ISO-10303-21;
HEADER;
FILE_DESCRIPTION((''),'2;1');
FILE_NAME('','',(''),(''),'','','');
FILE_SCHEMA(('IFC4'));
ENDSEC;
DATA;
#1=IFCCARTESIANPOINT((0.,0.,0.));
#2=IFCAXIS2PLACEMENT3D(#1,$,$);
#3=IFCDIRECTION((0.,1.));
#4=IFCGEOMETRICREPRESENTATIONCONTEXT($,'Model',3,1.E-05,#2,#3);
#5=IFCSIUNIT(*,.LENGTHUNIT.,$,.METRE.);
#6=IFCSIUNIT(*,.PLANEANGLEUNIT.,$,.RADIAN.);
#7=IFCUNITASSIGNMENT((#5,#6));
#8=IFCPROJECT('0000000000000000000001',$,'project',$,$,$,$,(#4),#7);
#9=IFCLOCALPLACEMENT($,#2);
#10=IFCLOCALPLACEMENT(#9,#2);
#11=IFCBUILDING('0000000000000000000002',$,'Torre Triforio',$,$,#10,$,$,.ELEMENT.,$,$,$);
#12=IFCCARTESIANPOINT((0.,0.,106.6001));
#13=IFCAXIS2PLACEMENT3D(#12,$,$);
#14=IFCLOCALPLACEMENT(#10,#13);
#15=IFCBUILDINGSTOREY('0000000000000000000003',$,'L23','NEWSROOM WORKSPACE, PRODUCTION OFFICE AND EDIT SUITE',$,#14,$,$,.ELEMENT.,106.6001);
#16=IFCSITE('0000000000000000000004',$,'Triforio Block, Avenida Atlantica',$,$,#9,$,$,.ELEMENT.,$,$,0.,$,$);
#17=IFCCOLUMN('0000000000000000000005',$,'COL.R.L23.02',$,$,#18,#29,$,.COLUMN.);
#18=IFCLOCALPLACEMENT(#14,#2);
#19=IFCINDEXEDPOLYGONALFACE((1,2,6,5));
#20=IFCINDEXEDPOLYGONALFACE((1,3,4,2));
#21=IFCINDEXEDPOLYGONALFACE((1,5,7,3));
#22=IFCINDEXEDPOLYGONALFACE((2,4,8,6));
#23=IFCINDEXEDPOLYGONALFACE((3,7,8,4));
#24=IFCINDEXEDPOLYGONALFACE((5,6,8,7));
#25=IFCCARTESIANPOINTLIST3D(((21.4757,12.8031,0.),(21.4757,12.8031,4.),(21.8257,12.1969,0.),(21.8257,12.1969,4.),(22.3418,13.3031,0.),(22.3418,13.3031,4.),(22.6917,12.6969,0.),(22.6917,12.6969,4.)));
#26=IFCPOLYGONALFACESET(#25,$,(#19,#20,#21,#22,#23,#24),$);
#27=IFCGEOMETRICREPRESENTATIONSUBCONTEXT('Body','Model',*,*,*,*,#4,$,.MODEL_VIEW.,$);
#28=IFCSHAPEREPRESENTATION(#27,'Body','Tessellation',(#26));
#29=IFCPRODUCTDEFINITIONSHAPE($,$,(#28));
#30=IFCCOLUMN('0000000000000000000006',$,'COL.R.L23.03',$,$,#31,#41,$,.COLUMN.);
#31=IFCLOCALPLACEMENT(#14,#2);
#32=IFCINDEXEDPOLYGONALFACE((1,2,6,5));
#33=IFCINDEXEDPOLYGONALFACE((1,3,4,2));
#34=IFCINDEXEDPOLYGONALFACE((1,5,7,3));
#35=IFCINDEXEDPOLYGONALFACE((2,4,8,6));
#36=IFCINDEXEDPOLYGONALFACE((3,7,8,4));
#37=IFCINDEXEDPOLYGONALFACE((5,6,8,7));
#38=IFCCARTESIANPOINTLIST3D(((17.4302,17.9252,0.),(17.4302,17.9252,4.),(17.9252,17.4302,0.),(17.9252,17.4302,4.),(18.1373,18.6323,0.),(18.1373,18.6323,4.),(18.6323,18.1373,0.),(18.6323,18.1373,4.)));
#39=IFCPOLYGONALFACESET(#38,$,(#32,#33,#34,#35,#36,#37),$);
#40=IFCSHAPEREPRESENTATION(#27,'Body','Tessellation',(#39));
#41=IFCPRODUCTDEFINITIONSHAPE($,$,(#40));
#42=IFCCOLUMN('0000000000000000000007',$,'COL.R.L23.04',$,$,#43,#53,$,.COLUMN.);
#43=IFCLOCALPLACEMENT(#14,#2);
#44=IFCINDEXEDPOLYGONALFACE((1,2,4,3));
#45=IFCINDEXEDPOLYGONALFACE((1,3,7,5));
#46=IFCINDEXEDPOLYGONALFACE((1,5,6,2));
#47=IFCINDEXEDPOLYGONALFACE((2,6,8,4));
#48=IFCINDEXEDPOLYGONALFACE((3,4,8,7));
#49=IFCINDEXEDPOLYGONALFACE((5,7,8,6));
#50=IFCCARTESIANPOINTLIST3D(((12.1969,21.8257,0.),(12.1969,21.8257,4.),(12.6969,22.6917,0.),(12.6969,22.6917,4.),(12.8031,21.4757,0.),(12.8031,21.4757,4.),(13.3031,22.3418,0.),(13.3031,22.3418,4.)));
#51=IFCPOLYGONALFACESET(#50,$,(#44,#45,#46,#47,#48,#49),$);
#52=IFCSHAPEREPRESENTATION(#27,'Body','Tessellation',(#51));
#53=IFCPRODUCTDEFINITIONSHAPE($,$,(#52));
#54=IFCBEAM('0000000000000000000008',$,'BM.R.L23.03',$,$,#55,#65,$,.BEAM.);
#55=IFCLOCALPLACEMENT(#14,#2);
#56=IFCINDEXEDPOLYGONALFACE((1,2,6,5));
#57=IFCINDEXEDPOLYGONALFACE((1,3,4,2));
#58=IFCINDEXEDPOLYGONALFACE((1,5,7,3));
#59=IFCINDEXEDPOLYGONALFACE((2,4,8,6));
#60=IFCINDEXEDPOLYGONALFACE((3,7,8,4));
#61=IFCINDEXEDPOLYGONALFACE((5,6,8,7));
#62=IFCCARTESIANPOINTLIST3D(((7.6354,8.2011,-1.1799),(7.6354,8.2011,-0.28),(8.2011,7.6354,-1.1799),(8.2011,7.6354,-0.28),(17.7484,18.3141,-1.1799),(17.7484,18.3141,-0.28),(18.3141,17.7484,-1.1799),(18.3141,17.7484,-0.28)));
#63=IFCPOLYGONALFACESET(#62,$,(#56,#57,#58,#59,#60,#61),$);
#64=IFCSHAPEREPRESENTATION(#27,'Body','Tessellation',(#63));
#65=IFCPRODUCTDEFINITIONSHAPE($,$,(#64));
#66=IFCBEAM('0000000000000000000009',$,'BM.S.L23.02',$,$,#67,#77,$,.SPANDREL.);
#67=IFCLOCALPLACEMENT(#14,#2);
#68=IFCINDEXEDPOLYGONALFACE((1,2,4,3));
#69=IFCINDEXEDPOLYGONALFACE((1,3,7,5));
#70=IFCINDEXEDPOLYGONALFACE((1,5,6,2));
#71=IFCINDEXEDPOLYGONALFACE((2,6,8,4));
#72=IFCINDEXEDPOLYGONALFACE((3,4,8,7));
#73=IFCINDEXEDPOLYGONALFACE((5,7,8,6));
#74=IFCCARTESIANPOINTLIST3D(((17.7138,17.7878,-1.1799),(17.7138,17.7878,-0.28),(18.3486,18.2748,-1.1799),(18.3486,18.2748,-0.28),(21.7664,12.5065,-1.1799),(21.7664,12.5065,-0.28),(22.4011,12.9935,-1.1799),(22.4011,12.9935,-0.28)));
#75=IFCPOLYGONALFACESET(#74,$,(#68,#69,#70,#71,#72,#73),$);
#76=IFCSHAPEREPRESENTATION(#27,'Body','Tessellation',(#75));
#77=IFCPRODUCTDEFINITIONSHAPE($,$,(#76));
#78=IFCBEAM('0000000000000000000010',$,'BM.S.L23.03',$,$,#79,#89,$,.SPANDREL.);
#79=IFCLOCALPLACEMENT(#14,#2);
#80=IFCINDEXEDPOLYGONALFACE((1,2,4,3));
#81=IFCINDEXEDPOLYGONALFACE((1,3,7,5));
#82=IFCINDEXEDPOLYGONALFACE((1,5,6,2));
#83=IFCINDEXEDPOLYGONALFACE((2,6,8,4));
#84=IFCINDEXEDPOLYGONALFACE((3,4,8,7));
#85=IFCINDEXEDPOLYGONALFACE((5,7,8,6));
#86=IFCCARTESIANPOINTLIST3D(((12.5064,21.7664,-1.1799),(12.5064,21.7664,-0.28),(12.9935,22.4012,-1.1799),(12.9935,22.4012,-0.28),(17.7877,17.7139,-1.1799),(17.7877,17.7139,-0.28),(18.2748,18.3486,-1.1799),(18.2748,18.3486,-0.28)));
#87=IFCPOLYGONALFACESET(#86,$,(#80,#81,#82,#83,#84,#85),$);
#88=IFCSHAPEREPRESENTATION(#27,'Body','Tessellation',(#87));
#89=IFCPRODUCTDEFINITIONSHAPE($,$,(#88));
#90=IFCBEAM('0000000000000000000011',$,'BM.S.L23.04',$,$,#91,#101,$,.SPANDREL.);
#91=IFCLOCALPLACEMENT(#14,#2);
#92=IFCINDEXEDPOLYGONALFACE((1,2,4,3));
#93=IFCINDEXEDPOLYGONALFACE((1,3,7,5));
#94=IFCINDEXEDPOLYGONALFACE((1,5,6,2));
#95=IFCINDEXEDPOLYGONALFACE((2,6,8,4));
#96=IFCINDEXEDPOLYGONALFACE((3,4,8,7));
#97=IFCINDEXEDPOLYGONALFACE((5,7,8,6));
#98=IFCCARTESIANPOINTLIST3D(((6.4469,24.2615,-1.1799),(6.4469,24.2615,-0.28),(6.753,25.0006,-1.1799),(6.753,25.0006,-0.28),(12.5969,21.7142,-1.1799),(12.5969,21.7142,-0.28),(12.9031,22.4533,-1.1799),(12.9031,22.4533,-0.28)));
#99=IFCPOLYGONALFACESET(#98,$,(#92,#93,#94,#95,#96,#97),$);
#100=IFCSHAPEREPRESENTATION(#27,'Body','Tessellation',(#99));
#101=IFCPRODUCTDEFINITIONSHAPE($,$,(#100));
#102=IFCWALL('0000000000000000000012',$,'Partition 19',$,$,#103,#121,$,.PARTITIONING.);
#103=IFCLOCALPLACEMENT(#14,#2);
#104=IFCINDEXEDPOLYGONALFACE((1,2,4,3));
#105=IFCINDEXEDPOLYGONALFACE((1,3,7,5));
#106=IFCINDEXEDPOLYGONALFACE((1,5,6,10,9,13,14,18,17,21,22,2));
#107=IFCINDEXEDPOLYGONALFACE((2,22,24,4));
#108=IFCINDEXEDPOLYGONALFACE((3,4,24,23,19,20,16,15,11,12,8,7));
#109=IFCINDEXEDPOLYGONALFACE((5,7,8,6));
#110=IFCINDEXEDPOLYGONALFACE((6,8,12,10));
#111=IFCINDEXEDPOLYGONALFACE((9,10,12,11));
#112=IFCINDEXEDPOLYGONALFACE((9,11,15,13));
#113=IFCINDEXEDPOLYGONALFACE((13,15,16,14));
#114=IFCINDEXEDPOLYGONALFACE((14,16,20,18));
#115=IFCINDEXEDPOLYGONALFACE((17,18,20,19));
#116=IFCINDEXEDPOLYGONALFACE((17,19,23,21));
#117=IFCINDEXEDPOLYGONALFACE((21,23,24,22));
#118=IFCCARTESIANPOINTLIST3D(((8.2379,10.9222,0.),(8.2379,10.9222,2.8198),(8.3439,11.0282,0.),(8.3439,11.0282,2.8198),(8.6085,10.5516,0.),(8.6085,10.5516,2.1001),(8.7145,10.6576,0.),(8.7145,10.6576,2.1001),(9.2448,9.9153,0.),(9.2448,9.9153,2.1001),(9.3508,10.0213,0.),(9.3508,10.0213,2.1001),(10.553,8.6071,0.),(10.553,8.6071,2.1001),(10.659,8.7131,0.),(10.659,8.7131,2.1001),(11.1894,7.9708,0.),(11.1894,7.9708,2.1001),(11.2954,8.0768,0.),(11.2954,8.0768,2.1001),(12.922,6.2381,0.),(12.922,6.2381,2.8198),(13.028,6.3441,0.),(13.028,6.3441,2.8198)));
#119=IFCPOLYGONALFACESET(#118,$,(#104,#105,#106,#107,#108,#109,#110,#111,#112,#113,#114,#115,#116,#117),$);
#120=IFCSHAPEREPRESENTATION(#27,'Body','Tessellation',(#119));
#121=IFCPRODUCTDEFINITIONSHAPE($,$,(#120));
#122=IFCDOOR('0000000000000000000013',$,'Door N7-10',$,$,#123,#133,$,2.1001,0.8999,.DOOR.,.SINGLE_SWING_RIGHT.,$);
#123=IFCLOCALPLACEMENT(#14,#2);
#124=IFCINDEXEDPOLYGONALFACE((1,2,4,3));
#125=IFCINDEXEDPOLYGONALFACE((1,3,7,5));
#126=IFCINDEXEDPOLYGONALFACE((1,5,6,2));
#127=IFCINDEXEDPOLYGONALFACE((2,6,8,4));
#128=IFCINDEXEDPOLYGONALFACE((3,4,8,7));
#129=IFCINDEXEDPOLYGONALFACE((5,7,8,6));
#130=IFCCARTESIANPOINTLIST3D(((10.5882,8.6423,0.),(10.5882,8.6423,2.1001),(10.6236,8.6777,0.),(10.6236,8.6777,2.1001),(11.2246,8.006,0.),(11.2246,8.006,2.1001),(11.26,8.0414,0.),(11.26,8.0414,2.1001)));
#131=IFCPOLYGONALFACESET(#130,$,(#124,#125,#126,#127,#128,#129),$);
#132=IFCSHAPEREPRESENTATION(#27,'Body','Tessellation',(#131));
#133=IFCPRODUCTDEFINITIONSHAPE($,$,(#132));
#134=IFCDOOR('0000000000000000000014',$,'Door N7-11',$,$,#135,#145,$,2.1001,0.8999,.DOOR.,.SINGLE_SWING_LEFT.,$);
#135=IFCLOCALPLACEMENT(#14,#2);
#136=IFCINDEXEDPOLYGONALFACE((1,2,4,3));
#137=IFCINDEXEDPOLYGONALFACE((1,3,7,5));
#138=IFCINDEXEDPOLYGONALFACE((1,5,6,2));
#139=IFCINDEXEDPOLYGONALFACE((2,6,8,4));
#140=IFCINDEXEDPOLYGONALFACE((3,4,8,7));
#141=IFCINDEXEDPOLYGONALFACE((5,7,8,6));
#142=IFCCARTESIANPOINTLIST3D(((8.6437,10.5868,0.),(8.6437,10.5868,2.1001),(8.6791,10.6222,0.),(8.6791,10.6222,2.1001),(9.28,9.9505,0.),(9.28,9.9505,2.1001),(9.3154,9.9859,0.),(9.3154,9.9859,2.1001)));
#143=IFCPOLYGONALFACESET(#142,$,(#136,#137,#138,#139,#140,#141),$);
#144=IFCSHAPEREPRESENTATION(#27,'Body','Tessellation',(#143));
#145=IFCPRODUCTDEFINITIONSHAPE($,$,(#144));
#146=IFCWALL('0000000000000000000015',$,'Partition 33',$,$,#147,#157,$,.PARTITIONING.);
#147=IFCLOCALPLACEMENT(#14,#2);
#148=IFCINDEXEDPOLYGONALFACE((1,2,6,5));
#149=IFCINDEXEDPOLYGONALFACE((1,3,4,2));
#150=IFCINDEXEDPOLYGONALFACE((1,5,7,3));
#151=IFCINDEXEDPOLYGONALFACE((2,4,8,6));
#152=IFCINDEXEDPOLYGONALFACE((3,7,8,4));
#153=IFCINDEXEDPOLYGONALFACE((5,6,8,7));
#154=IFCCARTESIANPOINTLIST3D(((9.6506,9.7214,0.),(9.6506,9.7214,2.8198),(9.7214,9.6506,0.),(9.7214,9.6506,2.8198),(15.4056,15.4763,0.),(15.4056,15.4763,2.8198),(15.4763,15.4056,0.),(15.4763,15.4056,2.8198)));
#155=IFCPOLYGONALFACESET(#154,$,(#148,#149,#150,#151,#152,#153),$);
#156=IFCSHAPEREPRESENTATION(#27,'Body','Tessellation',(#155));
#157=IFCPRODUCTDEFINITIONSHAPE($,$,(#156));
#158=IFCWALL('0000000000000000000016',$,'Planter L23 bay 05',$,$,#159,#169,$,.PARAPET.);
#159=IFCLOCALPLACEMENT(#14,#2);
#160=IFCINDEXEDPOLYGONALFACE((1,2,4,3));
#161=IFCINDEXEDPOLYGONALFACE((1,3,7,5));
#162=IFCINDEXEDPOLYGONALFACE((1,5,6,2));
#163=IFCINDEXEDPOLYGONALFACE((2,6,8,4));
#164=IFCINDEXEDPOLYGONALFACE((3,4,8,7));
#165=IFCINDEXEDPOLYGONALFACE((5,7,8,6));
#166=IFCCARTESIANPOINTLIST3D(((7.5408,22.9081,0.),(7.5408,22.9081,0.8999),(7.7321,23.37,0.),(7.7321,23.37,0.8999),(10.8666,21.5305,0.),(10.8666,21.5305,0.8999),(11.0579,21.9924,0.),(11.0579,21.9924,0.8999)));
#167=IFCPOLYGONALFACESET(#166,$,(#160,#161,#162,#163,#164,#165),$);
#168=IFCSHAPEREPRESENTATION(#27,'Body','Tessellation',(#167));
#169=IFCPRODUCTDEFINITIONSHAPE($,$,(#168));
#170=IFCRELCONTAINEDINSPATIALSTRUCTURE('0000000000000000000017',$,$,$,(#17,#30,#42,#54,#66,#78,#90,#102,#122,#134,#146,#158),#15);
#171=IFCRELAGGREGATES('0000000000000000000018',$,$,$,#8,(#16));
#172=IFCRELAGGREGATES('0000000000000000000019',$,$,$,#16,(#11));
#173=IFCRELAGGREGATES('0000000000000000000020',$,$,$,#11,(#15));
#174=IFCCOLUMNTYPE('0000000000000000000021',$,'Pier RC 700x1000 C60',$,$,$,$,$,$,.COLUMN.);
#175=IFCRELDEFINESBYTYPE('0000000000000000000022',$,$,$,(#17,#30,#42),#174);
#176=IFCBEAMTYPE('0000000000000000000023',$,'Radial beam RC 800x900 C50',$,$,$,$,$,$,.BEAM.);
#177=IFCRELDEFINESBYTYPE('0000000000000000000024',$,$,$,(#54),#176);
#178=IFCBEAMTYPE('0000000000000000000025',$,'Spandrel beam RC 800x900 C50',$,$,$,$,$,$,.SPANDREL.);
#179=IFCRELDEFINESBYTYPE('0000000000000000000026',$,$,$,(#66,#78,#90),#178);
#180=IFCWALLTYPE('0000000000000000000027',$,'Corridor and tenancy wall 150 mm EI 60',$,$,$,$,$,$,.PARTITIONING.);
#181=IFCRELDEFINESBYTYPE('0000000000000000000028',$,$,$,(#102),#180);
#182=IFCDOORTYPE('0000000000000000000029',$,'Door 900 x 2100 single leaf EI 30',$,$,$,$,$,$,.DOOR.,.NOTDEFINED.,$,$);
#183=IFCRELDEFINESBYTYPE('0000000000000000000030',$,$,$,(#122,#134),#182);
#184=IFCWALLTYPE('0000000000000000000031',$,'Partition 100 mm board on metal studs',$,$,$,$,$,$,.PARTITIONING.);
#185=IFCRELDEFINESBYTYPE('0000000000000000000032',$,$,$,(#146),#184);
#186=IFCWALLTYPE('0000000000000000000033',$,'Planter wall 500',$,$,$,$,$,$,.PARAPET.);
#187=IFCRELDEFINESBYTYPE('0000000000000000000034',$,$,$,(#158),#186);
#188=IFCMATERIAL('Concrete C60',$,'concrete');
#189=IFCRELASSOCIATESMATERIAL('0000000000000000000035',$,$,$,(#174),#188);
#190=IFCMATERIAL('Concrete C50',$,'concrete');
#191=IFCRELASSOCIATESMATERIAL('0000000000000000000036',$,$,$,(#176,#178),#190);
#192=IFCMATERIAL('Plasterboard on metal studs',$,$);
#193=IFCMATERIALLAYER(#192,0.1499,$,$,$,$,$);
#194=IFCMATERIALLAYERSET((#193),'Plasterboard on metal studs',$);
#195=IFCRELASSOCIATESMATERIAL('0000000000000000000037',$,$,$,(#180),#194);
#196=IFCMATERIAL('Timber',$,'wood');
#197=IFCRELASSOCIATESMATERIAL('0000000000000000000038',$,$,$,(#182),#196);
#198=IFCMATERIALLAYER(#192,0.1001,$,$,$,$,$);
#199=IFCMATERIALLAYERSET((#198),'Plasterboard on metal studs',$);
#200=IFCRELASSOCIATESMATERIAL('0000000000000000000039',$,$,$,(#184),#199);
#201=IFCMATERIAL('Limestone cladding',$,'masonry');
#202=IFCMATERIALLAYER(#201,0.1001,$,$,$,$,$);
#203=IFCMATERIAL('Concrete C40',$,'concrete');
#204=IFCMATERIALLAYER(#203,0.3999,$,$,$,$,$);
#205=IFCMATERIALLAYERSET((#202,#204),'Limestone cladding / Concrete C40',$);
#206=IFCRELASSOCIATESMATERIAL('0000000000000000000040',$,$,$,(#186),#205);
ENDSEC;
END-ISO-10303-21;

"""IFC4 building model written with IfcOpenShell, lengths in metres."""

from ifc_helpers import new_model, si_unit, direction, frame, frame_2d, origin, origin_2d, place, context, subcontext, project, spatial, rectangle, extrude, material, layer, layer_set, material_profile, profile_set, type_object, element, fill, save


model = new_model("IFC4")

# Units and contexts
model_context = context("Model", 3, precision=1e-05, world=origin(), true_north=direction((0.0, 1.0)))
body_context = subcontext(model_context, "Body", "Model", "MODEL_VIEW")
ifc_project = project(units=[si_unit("LENGTHUNIT", "METRE"), si_unit("PLANEANGLEUNIT", "RADIAN")], contexts=[model_context])

# Site, building, storey
site_placement = place(None, origin())
site = spatial("IfcSite", under=ifc_project, at=site_placement, Name="Triforio Block, Avenida Atlantica", CompositionType="ELEMENT", RefElevation=0.0)
building_placement = place(site_placement, origin())
building = spatial("IfcBuilding", under=site, at=building_placement, Name="Torre Triforio", CompositionType="ELEMENT")
storey_placement = place(building_placement, frame((0.0, 0.0, 106.6001)))
storey = spatial("IfcBuildingStorey", under=building, at=storey_placement, Name="L23", Description="NEWSROOM WORKSPACE, PRODUCTION OFFICE AND EDIT SUITE", CompositionType="ELEMENT", Elevation=106.6001)

# Columns
ifc_material_1 = material(Name="Concrete C60", Category="concrete")
ifc_material_profile_1 = material_profile(ifc_material_1, rectangle(XDim=0.7, YDim=1.0, at=origin_2d()), Name="RC 700x1000")
ifc_profile_set_1 = profile_set([ifc_material_profile_1], Name="Concrete C60")
column_type = type_object("IfcColumnType", Name="Pier RC 700x1000 C60", PredefinedType="COLUMN", material=ifc_profile_set_1)
for number, where, z_axis, x_axis, name in (
    (1, (22.0837, 12.75, 0.0), (0.0, 0.0, 1.0), (-0.5, 0.866025, 0.0), "COL.R.L23.02"),
    (2, (18.0312, 18.0312, 0.0), (0.0, 0.0, 1.0), (-0.707107, 0.707107, 0.0), "COL.R.L23.03"),
    (3, (12.75, 22.0837, 0.0), (0.0, 0.0, 1.0), (-0.866025, 0.5, 0.0), "COL.R.L23.04"),
):
    element("IfcColumn", number, at=place(storey_placement, frame(where, z_axis=z_axis, x_axis=x_axis)), inside=storey, type_object=column_type, Name=name, PredefinedType="COLUMN", context=body_context, shape_type="SweptSolid", body=[
        extrude(rectangle(XDim=0.7, YDim=1.0, at=origin_2d()), origin(), (0.0, 0.0, 1.0), 4.0),
    ])

# Beams
ifc_material_2 = material(Name="Concrete C50", Category="concrete")
ifc_material_profile_2 = material_profile(ifc_material_2, rectangle(XDim=0.8, YDim=0.8999, at=origin_2d()), Name="RC 800x900")
ifc_profile_set_2 = profile_set([ifc_material_profile_2], Name="Concrete C50")
beam_type_1 = type_object("IfcBeamType", Name="Radial beam RC 800x900 C50", PredefinedType="BEAM", material=ifc_profile_set_2)
beam_1_placement = place(storey_placement, frame((7.9182, 7.9182, -0.73), z_axis=(0.707107, 0.707107, 0.0), x_axis=(-0.707107, 0.707107, 0.0)))
element("IfcBeam", 4, at=beam_1_placement, inside=storey, type_object=beam_type_1, Name="BM.R.L23.03", PredefinedType="BEAM", context=body_context, shape_type="SweptSolid", body=[
    extrude(rectangle(XDim=0.8, YDim=0.8999, at=origin_2d()), origin(), (0.0, 0.0, 1.0), 14.302),
])
ifc_material_profile_3 = material_profile(ifc_material_2, rectangle(XDim=0.8, YDim=0.8999, at=origin_2d()), Name="RC 800x900")
ifc_profile_set_3 = profile_set([ifc_material_profile_3], Name="Concrete C50")
beam_type_2 = type_object("IfcBeamType", Name="Spandrel beam RC 800x900 C50", PredefinedType="SPANDREL", material=ifc_profile_set_3)
for number, where, z_axis, x_axis, name in (
    (5, (22.0837, 12.75, -0.73), (-0.608766, 0.79335, 0.0), (-0.79335, -0.608766, 0.0), "BM.S.L23.02"),
    (6, (18.0312, 18.0312, -0.73), (-0.79335, 0.608766, 0.0), (-0.608766, -0.79335, 0.0), "BM.S.L23.03"),
):
    element("IfcBeam", number, at=place(storey_placement, frame(where, z_axis=z_axis, x_axis=x_axis)), inside=storey, type_object=beam_type_2, Name=name, PredefinedType="SPANDREL", context=body_context, shape_type="SweptSolid", body=[
        extrude(rectangle(XDim=0.8, YDim=0.8999, at=origin_2d()), origin(), (0.0, 0.0, 1.0), 6.657),
    ])
beam_2_placement = place(storey_placement, frame((12.75, 22.0837, -0.73), z_axis=(-0.923885, 0.382669, 0.0), x_axis=(-0.382669, -0.923885, 0.0)))
element("IfcBeam", 7, at=beam_2_placement, inside=storey, type_object=beam_type_2, Name="BM.S.L23.04", PredefinedType="SPANDREL", context=body_context, shape_type="SweptSolid", body=[
    extrude(rectangle(XDim=0.8, YDim=0.8999, at=origin_2d()), origin(), (0.0, 0.0, 1.0), 6.6567),
])

# Wall, openings, doors
ifc_material_3 = material(Name="Plasterboard on metal studs")
ifc_layer_1 = layer(ifc_material_3, 0.1499)
ifc_layer_set_1 = layer_set([ifc_layer_1], Name="Plasterboard on metal studs")
wall_type_1 = type_object("IfcWallType", Name="Corridor and tenancy wall 150 mm EI 60", PredefinedType="PARTITIONING", material=ifc_layer_set_1)
wall_1_placement = place(storey_placement, frame((8.291, 10.9751, 0.0), z_axis=(0.0, 0.0, 1.0), x_axis=(0.707107, -0.707107, 0.0)))
wall_1 = element("IfcWall", 8, at=wall_1_placement, inside=storey, type_object=wall_type_1, Name="Partition 19", PredefinedType="PARTITIONING", context=body_context, shape_type="SweptSolid", body=[
    extrude(rectangle(XDim=6.6243, YDim=0.1499, at=frame_2d((3.312, 0.0))), origin(), (0.0, 0.0, 1.0), 2.8198),
])
opening_1_placement = place(wall_1_placement, frame((3.2739, 0.0, 0.0)))
opening_1 = element("IfcOpeningElement", 9, at=opening_1_placement, cuts=wall_1, PredefinedType="OPENING", context=body_context, shape_type="SweptSolid", body=[
    extrude(rectangle(XDim=0.8999, YDim=2.1001, at=frame_2d((0.45, 1.05))), frame((0.0, 0.085, 0.0), z_axis=(0.0, -1.0, 0.0), x_axis=(1.0, 0.0, 0.0)), (0.0, 0.0, 1.0), 0.1699),
])
opening_2_placement = place(wall_1_placement, frame((0.5239, 0.0, 0.0)))
opening_2 = element("IfcOpeningElement", 10, at=opening_2_placement, cuts=wall_1, PredefinedType="OPENING", context=body_context, shape_type="SweptSolid", body=[
    extrude(rectangle(XDim=0.8999, YDim=2.1001, at=frame_2d((0.45, 1.05))), frame((0.0, 0.085, 0.0), z_axis=(0.0, -1.0, 0.0), x_axis=(1.0, 0.0, 0.0)), (0.0, 0.0, 1.0), 0.1699),
])
ifc_material_4 = material(Name="Timber", Category="wood")
door_type_1 = type_object("IfcDoorType", Name="Door 900 x 2100 single leaf EI 30", OperationType="NOTDEFINED", PredefinedType="DOOR", material=ifc_material_4)
door_1_placement = place(opening_1_placement, origin())
door_1 = element("IfcDoor", 11, at=door_1_placement, inside=storey, type_object=door_type_1, Name="Door N7-10", OperationType="SINGLE_SWING_RIGHT", OverallHeight=2.1001, OverallWidth=0.8999, PredefinedType="DOOR", context=body_context, shape_type="SweptSolid", body=[
    extrude(rectangle(XDim=0.8999, YDim=2.1001, at=frame_2d((0.45, 1.05))), frame((0.0, 0.0249, 0.0), z_axis=(0.0, -1.0, 0.0), x_axis=(1.0, 0.0, 0.0)), (0.0, 0.0, 1.0), 0.05),
])
fill(opening_1, door_1)
door_2_placement = place(opening_2_placement, origin())
door_2 = element("IfcDoor", 12, at=door_2_placement, inside=storey, type_object=door_type_1, Name="Door N7-11", OperationType="SINGLE_SWING_LEFT", OverallHeight=2.1001, OverallWidth=0.8999, PredefinedType="DOOR", context=body_context, shape_type="SweptSolid", body=[
    extrude(rectangle(XDim=0.8999, YDim=2.1001, at=frame_2d((0.45, 1.05))), frame((0.0, 0.0249, 0.0), z_axis=(0.0, -1.0, 0.0), x_axis=(1.0, 0.0, 0.0)), (0.0, 0.0, 1.0), 0.05),
])
fill(opening_2, door_2)

# Walls
ifc_layer_2 = layer(ifc_material_3, 0.1001)
ifc_layer_set_2 = layer_set([ifc_layer_2], Name="Plasterboard on metal studs")
wall_type_2 = type_object("IfcWallType", Name="Partition 100 mm board on metal studs", PredefinedType="PARTITIONING", material=ifc_layer_set_2)
wall_2_placement = place(storey_placement, frame((9.686, 9.686, 0.0), z_axis=(0.0, 0.0, 1.0), x_axis=(0.707107, 0.707107, 0.0)))
element("IfcWall", 13, at=wall_2_placement, inside=storey, type_object=wall_type_2, Name="Partition 33", PredefinedType="PARTITIONING", context=body_context, shape_type="SweptSolid", body=[
    extrude(rectangle(XDim=8.1387, YDim=0.1001, at=frame_2d((4.0693, 0.0))), origin(), (0.0, 0.0, 1.0), 2.8198),
])
ifc_material_5 = material(Name="Limestone cladding", Category="masonry")
ifc_layer_3 = layer(ifc_material_5, 0.1001)
ifc_material_6 = material(Name="Concrete C40", Category="concrete")
ifc_layer_4 = layer(ifc_material_6, 0.3999)
ifc_layer_set_3 = layer_set([ifc_layer_3, ifc_layer_4], Name="Limestone cladding / Concrete C40")
wall_type_3 = type_object("IfcWallType", Name="Planter wall 500", PredefinedType="PARAPET", material=ifc_layer_set_3)
wall_3_placement = place(storey_placement, frame((10.9622, 21.7615, 0.0), z_axis=(0.0, 0.0, 1.0), x_axis=(-0.923875, 0.382693, 0.0)))
element("IfcWall", 14, at=wall_3_placement, inside=storey, type_object=wall_type_3, Name="Planter L23 bay 05", PredefinedType="PARAPET", context=body_context, shape_type="SweptSolid", body=[
    extrude(rectangle(XDim=3.5999, YDim=0.5, at=frame_2d((1.7998, 0.0))), origin(), (0.0, 0.0, 1.0), 0.8999),
])

save(model, "model.ifc")
